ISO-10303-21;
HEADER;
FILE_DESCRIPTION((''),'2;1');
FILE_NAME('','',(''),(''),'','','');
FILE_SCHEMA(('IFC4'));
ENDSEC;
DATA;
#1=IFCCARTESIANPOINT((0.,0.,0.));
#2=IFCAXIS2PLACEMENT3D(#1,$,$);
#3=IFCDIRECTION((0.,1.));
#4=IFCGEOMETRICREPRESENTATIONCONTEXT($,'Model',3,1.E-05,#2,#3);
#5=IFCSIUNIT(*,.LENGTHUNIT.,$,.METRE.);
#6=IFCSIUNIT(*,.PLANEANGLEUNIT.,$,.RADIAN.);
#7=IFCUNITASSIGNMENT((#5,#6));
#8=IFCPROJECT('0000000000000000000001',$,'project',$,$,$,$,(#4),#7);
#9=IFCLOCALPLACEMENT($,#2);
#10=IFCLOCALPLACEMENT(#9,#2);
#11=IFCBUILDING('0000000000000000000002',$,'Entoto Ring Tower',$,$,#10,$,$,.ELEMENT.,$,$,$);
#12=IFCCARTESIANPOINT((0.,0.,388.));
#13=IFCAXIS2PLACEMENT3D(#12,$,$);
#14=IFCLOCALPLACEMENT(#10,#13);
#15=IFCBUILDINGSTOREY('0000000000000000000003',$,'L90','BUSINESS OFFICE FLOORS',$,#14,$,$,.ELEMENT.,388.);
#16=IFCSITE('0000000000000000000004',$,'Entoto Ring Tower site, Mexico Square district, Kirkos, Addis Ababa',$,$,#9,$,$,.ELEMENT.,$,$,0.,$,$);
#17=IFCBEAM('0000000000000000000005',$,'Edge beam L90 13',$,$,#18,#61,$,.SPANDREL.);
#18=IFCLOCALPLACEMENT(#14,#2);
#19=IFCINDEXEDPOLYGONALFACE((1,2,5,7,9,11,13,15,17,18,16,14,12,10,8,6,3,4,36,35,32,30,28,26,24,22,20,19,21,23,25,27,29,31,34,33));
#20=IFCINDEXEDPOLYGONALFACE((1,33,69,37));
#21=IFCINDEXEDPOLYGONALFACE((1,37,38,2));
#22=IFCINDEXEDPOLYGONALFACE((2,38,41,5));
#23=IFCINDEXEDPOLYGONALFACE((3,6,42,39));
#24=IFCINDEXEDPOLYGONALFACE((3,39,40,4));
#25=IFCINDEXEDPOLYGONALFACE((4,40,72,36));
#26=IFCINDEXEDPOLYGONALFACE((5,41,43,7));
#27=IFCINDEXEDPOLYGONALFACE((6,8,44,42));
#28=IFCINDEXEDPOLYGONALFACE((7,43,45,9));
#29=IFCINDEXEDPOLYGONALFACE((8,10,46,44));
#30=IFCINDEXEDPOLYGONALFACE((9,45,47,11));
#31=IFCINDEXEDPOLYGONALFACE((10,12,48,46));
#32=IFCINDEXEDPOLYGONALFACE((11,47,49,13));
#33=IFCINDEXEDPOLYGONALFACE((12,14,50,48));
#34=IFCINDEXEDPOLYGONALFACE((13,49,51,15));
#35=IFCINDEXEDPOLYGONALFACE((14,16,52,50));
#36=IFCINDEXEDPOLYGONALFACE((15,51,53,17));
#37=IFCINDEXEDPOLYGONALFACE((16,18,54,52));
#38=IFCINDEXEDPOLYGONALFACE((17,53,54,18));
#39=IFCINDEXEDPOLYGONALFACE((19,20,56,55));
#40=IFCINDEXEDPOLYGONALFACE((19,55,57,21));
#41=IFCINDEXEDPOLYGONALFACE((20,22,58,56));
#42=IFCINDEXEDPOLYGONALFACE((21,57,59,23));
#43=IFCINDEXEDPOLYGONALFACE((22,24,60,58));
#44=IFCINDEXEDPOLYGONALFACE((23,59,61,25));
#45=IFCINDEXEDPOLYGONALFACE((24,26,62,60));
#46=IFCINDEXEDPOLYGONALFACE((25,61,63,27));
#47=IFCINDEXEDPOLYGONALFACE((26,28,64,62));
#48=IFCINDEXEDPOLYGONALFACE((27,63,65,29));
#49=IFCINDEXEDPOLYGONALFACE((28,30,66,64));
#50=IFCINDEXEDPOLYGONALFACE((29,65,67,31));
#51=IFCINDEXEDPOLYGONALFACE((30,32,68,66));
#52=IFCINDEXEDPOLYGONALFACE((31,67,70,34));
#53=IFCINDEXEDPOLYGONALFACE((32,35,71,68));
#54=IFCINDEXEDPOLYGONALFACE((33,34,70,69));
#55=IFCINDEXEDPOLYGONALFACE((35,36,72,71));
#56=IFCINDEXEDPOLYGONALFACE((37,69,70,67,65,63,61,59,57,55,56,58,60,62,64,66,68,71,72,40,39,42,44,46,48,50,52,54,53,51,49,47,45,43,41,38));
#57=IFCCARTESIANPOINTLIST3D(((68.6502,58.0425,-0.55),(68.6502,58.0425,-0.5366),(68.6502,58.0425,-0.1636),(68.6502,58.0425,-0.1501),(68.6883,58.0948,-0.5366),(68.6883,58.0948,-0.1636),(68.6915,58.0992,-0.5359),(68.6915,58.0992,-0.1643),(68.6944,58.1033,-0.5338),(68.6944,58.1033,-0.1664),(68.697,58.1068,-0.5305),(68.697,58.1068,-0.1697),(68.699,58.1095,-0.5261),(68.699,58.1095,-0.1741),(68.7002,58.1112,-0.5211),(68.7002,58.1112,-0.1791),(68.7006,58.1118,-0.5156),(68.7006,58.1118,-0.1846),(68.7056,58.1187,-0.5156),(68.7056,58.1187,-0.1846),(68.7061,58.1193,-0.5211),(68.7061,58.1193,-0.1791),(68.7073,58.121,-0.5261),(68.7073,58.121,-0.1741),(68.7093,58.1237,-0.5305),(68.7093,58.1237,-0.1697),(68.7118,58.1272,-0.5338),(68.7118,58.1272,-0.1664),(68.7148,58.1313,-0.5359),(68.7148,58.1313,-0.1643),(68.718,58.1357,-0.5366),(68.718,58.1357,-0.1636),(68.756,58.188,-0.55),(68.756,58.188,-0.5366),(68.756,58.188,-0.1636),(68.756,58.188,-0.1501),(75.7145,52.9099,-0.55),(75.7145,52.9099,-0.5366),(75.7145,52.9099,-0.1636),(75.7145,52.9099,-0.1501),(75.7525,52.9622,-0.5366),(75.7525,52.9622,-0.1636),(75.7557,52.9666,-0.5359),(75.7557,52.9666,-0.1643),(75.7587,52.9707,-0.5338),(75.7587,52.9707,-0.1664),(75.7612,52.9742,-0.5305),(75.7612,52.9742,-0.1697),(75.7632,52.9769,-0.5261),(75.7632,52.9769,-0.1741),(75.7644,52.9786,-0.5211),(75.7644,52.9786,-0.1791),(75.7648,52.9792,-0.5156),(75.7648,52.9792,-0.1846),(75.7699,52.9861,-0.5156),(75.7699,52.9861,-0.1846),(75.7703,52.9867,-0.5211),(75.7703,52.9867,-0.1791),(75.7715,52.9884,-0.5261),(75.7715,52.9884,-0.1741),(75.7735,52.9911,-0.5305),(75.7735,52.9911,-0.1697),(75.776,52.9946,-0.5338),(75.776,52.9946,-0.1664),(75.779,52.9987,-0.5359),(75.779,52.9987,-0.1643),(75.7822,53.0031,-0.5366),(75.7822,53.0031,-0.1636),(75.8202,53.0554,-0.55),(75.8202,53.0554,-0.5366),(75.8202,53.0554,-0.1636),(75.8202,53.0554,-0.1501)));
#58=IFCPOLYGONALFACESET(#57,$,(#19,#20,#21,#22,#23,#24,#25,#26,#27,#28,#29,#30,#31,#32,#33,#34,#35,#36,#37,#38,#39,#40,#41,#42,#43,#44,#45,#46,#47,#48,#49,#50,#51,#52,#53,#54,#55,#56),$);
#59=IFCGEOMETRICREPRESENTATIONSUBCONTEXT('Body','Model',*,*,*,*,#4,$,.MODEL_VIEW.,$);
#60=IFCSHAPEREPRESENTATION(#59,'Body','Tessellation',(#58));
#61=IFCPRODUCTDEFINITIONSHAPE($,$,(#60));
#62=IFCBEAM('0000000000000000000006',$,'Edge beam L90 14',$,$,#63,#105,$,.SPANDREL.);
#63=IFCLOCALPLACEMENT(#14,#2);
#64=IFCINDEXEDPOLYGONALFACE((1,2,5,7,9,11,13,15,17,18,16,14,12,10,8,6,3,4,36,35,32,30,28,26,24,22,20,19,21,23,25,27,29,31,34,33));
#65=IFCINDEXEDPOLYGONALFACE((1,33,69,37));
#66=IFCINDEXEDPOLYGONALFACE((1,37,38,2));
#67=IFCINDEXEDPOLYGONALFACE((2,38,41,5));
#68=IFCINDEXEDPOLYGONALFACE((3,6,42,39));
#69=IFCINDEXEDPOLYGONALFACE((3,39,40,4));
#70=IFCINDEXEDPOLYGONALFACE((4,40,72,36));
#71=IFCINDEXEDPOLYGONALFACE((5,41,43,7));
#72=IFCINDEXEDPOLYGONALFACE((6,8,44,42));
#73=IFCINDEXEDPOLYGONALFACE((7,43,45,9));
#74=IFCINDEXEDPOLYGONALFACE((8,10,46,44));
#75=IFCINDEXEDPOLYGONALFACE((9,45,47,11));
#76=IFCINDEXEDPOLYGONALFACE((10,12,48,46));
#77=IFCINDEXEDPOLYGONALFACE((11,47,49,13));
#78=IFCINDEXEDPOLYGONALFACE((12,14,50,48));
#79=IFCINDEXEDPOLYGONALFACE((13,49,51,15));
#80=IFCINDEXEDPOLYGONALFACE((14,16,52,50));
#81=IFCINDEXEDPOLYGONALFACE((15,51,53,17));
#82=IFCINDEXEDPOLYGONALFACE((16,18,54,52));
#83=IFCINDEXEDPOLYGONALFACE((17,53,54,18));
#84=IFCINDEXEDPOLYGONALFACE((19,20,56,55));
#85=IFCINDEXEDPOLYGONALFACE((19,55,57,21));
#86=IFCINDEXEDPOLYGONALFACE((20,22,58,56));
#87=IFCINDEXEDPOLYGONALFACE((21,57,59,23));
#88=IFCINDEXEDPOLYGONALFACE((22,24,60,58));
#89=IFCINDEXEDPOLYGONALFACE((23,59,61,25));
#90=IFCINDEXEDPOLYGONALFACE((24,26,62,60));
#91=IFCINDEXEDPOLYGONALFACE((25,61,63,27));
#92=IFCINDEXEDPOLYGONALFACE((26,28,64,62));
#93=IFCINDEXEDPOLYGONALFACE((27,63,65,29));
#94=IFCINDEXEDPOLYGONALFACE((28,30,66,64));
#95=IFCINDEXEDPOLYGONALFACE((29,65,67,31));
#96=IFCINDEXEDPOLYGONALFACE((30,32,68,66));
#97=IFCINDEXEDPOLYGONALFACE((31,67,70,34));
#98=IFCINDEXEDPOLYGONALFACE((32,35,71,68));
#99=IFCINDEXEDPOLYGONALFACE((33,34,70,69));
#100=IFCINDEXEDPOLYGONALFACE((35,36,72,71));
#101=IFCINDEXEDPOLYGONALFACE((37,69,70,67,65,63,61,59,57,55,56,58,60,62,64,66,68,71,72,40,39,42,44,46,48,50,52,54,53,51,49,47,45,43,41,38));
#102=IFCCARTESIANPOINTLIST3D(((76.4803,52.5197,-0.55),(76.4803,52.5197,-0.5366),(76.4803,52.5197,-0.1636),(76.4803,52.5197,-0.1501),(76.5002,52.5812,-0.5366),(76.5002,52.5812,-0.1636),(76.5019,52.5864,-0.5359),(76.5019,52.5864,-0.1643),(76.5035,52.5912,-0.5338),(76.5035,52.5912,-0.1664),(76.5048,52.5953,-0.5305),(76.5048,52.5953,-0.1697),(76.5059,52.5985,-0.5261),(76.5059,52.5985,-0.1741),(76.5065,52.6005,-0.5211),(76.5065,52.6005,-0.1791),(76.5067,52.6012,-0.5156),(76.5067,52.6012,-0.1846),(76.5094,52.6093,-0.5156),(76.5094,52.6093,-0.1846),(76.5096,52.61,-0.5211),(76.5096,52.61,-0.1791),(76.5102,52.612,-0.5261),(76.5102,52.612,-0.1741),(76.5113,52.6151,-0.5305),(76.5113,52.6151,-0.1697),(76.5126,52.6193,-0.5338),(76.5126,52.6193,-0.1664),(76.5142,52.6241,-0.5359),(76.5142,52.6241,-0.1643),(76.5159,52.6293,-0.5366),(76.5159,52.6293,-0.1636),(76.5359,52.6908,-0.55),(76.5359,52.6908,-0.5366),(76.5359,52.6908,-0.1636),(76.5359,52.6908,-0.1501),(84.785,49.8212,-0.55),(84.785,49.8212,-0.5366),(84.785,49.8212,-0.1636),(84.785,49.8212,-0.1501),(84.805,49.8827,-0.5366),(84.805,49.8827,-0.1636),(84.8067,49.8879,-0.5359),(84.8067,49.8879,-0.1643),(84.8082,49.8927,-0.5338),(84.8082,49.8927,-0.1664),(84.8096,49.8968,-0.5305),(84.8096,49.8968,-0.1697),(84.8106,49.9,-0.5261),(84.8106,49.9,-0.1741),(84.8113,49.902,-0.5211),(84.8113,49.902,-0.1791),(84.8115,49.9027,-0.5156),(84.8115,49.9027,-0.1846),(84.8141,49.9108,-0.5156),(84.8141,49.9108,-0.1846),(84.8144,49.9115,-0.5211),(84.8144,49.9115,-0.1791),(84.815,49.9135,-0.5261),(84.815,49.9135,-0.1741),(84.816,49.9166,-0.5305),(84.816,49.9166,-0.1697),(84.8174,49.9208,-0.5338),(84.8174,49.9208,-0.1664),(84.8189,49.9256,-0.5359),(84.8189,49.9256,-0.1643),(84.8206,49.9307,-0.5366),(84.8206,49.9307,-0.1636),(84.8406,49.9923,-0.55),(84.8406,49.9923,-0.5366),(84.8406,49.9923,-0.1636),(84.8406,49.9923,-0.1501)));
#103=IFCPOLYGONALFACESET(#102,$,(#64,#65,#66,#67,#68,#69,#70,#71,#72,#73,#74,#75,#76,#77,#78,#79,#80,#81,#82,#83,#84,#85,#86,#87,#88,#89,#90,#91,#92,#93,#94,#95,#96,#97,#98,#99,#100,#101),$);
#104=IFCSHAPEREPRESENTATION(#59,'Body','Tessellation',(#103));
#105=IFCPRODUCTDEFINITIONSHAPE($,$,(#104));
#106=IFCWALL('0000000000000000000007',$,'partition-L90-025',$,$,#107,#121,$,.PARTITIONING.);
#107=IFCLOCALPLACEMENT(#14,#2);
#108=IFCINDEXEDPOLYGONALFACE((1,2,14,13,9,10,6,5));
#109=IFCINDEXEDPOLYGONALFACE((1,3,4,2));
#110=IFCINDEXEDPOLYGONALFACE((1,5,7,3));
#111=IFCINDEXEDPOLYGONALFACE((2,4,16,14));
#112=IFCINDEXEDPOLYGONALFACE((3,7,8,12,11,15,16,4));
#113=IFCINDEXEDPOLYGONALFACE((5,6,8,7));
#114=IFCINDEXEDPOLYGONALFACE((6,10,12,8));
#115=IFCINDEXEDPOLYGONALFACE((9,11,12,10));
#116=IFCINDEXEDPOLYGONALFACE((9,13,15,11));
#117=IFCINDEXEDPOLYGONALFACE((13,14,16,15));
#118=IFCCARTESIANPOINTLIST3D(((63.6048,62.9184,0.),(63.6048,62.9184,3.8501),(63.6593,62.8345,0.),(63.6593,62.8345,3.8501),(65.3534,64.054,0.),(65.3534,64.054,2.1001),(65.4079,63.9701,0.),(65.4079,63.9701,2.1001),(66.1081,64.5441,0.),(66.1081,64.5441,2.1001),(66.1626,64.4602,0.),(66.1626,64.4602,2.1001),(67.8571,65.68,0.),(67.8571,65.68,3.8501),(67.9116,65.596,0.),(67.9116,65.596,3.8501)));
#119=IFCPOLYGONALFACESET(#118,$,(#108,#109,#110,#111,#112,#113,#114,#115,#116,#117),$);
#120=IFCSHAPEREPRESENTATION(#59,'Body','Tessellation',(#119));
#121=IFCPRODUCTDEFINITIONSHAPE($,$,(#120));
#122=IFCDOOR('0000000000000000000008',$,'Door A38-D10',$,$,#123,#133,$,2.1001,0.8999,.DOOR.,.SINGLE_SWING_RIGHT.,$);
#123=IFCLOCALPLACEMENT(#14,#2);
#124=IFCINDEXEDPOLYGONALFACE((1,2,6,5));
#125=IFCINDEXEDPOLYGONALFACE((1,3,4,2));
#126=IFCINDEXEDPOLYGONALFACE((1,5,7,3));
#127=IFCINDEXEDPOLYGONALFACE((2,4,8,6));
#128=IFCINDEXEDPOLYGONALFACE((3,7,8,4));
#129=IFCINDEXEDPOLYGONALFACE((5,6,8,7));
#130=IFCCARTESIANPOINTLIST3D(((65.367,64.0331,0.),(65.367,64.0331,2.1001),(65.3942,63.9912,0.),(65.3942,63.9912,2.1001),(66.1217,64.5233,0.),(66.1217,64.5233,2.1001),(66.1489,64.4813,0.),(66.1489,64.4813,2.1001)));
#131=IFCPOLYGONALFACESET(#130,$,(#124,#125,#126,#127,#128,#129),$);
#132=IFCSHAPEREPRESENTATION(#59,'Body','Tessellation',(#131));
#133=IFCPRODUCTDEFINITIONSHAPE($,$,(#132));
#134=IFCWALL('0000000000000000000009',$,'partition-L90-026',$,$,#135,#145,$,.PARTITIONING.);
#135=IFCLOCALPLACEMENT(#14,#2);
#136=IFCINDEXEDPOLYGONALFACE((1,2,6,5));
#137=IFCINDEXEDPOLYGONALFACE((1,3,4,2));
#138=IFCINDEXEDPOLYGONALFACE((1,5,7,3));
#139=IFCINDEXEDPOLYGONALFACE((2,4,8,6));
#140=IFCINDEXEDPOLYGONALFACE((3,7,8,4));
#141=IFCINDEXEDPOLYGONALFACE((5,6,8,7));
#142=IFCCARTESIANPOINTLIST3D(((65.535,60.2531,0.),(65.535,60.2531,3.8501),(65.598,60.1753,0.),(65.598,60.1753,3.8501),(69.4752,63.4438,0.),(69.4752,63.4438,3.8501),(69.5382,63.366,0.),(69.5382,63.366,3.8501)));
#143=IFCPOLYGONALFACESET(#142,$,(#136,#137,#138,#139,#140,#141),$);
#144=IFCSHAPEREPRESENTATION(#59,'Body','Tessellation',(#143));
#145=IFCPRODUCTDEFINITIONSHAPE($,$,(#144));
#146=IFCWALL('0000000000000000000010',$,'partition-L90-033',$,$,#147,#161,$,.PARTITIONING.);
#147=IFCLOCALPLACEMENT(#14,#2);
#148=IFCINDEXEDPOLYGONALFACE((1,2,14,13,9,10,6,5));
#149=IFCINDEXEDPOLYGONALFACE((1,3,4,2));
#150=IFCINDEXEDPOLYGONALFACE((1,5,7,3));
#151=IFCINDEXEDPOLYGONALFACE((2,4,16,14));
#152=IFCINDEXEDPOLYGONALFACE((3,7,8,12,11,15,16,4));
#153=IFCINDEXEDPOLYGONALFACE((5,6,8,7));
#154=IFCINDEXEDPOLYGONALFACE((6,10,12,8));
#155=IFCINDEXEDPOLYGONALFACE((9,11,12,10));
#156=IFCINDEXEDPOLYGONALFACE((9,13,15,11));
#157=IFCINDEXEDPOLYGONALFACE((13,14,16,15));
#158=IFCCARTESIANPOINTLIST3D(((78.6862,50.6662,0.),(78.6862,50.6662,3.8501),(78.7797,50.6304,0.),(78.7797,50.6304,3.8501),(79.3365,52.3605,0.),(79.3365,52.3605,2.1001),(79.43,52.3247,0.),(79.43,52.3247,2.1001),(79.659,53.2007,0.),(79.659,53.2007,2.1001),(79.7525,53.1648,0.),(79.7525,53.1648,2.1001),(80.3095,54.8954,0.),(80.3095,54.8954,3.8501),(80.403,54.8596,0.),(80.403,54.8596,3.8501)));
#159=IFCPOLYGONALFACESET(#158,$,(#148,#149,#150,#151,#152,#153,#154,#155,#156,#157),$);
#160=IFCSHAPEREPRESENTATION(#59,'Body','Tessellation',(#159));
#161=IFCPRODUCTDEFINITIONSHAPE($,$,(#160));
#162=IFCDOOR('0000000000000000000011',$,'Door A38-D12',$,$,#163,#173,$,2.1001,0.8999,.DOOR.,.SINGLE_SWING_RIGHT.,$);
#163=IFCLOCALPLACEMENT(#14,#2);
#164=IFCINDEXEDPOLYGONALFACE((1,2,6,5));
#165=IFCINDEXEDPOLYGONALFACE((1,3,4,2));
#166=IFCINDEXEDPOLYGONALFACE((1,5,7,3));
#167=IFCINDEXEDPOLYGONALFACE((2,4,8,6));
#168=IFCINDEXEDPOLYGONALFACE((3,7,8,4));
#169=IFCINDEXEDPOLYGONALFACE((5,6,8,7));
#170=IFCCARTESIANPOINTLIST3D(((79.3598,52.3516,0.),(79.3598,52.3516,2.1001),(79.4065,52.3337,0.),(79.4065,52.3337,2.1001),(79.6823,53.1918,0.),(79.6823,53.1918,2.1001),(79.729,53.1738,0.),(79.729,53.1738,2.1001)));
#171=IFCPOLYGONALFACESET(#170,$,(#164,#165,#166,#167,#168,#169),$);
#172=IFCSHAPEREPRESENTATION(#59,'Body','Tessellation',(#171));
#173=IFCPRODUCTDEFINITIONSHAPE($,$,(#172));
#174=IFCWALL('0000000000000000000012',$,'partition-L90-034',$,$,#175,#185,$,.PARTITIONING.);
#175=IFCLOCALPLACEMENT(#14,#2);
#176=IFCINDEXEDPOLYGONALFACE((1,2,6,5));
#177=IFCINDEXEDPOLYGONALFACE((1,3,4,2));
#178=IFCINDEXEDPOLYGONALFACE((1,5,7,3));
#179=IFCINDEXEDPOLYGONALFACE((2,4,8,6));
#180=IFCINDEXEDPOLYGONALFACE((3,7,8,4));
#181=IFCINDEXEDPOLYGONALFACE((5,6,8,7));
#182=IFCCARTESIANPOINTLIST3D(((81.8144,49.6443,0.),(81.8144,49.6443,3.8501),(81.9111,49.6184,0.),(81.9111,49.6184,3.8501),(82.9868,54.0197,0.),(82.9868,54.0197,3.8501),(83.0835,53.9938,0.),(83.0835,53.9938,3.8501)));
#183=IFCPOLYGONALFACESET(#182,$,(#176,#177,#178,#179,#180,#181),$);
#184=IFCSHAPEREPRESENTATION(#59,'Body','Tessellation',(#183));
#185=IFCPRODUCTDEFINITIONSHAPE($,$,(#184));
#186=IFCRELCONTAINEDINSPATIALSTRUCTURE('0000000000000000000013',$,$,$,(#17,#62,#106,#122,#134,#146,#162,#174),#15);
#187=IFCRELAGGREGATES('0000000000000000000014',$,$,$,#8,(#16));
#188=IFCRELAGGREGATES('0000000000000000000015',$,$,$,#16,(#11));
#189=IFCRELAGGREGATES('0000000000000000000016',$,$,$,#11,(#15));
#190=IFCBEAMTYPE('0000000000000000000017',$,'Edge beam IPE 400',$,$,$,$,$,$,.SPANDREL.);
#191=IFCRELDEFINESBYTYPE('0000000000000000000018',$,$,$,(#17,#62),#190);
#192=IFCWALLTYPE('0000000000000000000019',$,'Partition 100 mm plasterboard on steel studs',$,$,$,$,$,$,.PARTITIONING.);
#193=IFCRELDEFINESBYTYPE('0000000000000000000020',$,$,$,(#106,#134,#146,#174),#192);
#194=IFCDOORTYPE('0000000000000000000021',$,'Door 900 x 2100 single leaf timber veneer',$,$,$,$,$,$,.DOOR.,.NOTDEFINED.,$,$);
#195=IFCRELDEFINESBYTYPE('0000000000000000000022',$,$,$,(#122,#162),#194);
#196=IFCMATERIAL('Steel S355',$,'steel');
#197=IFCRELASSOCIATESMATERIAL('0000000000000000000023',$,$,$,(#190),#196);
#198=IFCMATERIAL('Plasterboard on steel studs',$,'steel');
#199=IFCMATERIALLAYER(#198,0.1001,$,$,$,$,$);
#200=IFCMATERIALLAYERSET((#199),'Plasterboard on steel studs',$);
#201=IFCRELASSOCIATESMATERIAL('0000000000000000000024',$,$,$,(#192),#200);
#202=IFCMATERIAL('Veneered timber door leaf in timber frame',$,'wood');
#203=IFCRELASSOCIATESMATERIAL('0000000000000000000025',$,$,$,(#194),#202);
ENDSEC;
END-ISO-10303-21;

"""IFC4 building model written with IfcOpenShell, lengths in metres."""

from ifc_helpers import new_model, si_unit, direction, frame, frame_2d, origin, origin_2d, place, context, subcontext, project, spatial, rectangle, i_section, extrude, material, layer, layer_set, material_profile, profile_set, type_object, element, fill, save


model = new_model("IFC4")

# Units and contexts
model_context = context("Model", 3, precision=1e-05, world=origin(), true_north=direction((0.0, 1.0)))
body_context = subcontext(model_context, "Body", "Model", "MODEL_VIEW")
ifc_project = project(units=[si_unit("LENGTHUNIT", "METRE"), si_unit("PLANEANGLEUNIT", "RADIAN")], contexts=[model_context])

# Site, building, storey
site_placement = place(None, origin())
site = spatial("IfcSite", under=ifc_project, at=site_placement, Name="Entoto Ring Tower site, Mexico Square district, Kirkos, Addis Ababa", CompositionType="ELEMENT", RefElevation=0.0)
building_placement = place(site_placement, origin())
building = spatial("IfcBuilding", under=site, at=building_placement, Name="Entoto Ring Tower", CompositionType="ELEMENT")
storey_placement = place(building_placement, frame((0.0, 0.0, 388.0)))
storey = spatial("IfcBuildingStorey", under=building, at=storey_placement, Name="L90", Description="BUSINESS OFFICE FLOORS", CompositionType="ELEMENT", Elevation=388.0)

# Beams
ifc_material_1 = material(Name="Steel S355", Category="steel")
ifc_material_profile_1 = material_profile(ifc_material_1, i_section(OverallWidth=0.1799, OverallDepth=0.3999, WebThickness=0.0085, FlangeThickness=0.0134, FilletRadius=0.021, at=origin_2d()), Name="IPE 400")
ifc_profile_set_1 = profile_set([ifc_material_profile_1], Name="Steel S355")
beam_type = type_object("IfcBeamType", Name="Edge beam IPE 400", PredefinedType="SPANDREL", material=ifc_profile_set_1)
beam_1_placement = place(storey_placement, frame((68.7031, 58.1152, -0.3501), z_axis=(0.80901, -0.587794, 0.0), x_axis=(0.587794, 0.80901, 0.0)))
element("IfcBeam", 1, at=beam_1_placement, inside=storey, type_object=beam_type, Name="Edge beam L90 13", PredefinedType="SPANDREL", context=body_context, shape_type="SweptSolid", body=[
    extrude(i_section(OverallWidth=0.1799, OverallDepth=0.3999, WebThickness=0.0085, FlangeThickness=0.0134, FilletRadius=0.021, at=origin_2d()), origin(), (0.0, 0.0, 1.0), 8.7319),
])
beam_2_placement = place(storey_placement, frame((76.5081, 52.6052, -0.3501), z_axis=(0.951052, -0.30903, 0.0), x_axis=(0.30903, 0.951052, 0.0)))
element("IfcBeam", 2, at=beam_2_placement, inside=storey, type_object=beam_type, Name="Edge beam L90 14", PredefinedType="SPANDREL", context=body_context, shape_type="SweptSolid", body=[
    extrude(i_section(OverallWidth=0.1799, OverallDepth=0.3999, WebThickness=0.0085, FlangeThickness=0.0134, FilletRadius=0.021, at=origin_2d()), origin(), (0.0, 0.0, 1.0), 8.7322),
])

# Wall, opening, door
ifc_material_2 = material(Name="Plasterboard on steel studs", Category="steel")
ifc_layer_1 = layer(ifc_material_2, 0.1001)
ifc_layer_set_1 = layer_set([ifc_layer_1], Name="Plasterboard on steel studs")
wall_type_1 = type_object("IfcWallType", Name="Partition 100 mm plasterboard on steel studs", PredefinedType="PARTITIONING", material=ifc_layer_set_1)
wall_1_placement = place(storey_placement, frame((63.6321, 62.8765, 0.0), z_axis=(0.0, 0.0, 1.0), x_axis=(0.838665, 0.544648, 0.0)))
wall_1 = element("IfcWall", 3, at=wall_1_placement, inside=storey, type_object=wall_type_1, Name="partition-L90-025", PredefinedType="PARTITIONING", context=body_context, shape_type="SweptSolid", body=[
    extrude(rectangle(XDim=5.0703, YDim=0.1001, at=frame_2d((2.5352, 0.0))), origin(), (0.0, 0.0, 1.0), 3.8501),
])
opening_1_placement = place(wall_1_placement, frame((2.085, 0.0, 0.0)))
opening_1 = element("IfcOpeningElement", 4, at=opening_1_placement, cuts=wall_1, PredefinedType="OPENING", context=body_context, shape_type="SweptSolid", body=[
    extrude(rectangle(XDim=0.8999, YDim=2.1001, at=frame_2d((0.45, 1.05))), frame((0.0, 0.0601, 0.0), z_axis=(0.0, -1.0, 0.0), x_axis=(1.0, 0.0, 0.0)), (0.0, 0.0, 1.0), 0.1201),
])
ifc_material_3 = material(Name="Veneered timber door leaf in timber frame", Category="wood")
door_type = type_object("IfcDoorType", Name="Door 900 x 2100 single leaf timber veneer", OperationType="NOTDEFINED", PredefinedType="DOOR", material=ifc_material_3)
door_1_placement = place(opening_1_placement, frame((0.8999, 0.0, 0.0), z_axis=(0.0, 0.0, 1.0), x_axis=(-1.0, 0.0, 0.0)))
door_1 = element("IfcDoor", 5, at=door_1_placement, inside=storey, type_object=door_type, Name="Door A38-D10", OperationType="SINGLE_SWING_RIGHT", OverallHeight=2.1001, OverallWidth=0.8999, PredefinedType="DOOR", context=body_context, shape_type="SweptSolid", body=[
    extrude(rectangle(XDim=0.8999, YDim=2.1001, at=frame_2d((0.45, 1.05))), frame((0.0, 0.0249, 0.0), z_axis=(0.0, -1.0, 0.0), x_axis=(1.0, 0.0, 0.0)), (0.0, 0.0, 1.0), 0.05),
])
fill(opening_1, door_1)

# Wall
wall_2_placement = place(storey_placement, frame((65.5664, 60.2141, 0.0), z_axis=(0.0, 0.0, 1.0), x_axis=(0.777148, 0.629317, 0.0)))
element("IfcWall", 6, at=wall_2_placement, inside=storey, type_object=wall_type_1, Name="partition-L90-026", PredefinedType="PARTITIONING", context=body_context, shape_type="SweptSolid", body=[
    extrude(rectangle(XDim=5.0701, YDim=0.1001, at=frame_2d((2.5352, 0.0))), origin(), (0.0, 0.0, 1.0), 3.8501),
])

# Wall, opening, door
wall_3_placement = place(storey_placement, frame((78.7329, 50.6482, 0.0), z_axis=(0.0, 0.0, 1.0), x_axis=(0.358336, 0.933593, 0.0)))
wall_3 = element("IfcWall", 7, at=wall_3_placement, inside=storey, type_object=wall_type_1, Name="partition-L90-033", PredefinedType="PARTITIONING", context=body_context, shape_type="SweptSolid", body=[
    extrude(rectangle(XDim=4.53, YDim=0.1001, at=frame_2d((2.2651, 0.0))), origin(), (0.0, 0.0, 1.0), 3.8501),
])
opening_2_placement = place(wall_3_placement, frame((1.8149, 0.0, 0.0)))
opening_2 = element("IfcOpeningElement", 8, at=opening_2_placement, cuts=wall_3, PredefinedType="OPENING", context=body_context, shape_type="SweptSolid", body=[
    extrude(rectangle(XDim=0.8999, YDim=2.1001, at=frame_2d((0.45, 1.05))), frame((0.0, 0.0601, 0.0), z_axis=(0.0, -1.0, 0.0), x_axis=(1.0, 0.0, 0.0)), (0.0, 0.0, 1.0), 0.1201),
])
door_2_placement = place(opening_2_placement, frame((0.8999, 0.0, 0.0), z_axis=(0.0, 0.0, 1.0), x_axis=(-1.0, 0.0, 0.0)))
door_2 = element("IfcDoor", 9, at=door_2_placement, inside=storey, type_object=door_type, Name="Door A38-D12", OperationType="SINGLE_SWING_RIGHT", OverallHeight=2.1001, OverallWidth=0.8999, PredefinedType="DOOR", context=body_context, shape_type="SweptSolid", body=[
    extrude(rectangle(XDim=0.8999, YDim=2.1001, at=frame_2d((0.45, 1.05))), frame((0.0, 0.0249, 0.0), z_axis=(0.0, -1.0, 0.0), x_axis=(1.0, 0.0, 0.0)), (0.0, 0.0, 1.0), 0.05),
])
fill(opening_2, door_2)

# Wall
wall_4_placement = place(storey_placement, frame((81.8628, 49.6313, 0.0), z_axis=(0.0, 0.0, 1.0), x_axis=(0.25881, 0.965928, 0.0)))
element("IfcWall", 10, at=wall_4_placement, inside=storey, type_object=wall_type_1, Name="partition-L90-034", PredefinedType="PARTITIONING", context=body_context, shape_type="SweptSolid", body=[
    extrude(rectangle(XDim=4.5298, YDim=0.1001, at=frame_2d((2.2649, 0.0))), origin(), (0.0, 0.0, 1.0), 3.8501),
])

save(model, "model.ifc")
